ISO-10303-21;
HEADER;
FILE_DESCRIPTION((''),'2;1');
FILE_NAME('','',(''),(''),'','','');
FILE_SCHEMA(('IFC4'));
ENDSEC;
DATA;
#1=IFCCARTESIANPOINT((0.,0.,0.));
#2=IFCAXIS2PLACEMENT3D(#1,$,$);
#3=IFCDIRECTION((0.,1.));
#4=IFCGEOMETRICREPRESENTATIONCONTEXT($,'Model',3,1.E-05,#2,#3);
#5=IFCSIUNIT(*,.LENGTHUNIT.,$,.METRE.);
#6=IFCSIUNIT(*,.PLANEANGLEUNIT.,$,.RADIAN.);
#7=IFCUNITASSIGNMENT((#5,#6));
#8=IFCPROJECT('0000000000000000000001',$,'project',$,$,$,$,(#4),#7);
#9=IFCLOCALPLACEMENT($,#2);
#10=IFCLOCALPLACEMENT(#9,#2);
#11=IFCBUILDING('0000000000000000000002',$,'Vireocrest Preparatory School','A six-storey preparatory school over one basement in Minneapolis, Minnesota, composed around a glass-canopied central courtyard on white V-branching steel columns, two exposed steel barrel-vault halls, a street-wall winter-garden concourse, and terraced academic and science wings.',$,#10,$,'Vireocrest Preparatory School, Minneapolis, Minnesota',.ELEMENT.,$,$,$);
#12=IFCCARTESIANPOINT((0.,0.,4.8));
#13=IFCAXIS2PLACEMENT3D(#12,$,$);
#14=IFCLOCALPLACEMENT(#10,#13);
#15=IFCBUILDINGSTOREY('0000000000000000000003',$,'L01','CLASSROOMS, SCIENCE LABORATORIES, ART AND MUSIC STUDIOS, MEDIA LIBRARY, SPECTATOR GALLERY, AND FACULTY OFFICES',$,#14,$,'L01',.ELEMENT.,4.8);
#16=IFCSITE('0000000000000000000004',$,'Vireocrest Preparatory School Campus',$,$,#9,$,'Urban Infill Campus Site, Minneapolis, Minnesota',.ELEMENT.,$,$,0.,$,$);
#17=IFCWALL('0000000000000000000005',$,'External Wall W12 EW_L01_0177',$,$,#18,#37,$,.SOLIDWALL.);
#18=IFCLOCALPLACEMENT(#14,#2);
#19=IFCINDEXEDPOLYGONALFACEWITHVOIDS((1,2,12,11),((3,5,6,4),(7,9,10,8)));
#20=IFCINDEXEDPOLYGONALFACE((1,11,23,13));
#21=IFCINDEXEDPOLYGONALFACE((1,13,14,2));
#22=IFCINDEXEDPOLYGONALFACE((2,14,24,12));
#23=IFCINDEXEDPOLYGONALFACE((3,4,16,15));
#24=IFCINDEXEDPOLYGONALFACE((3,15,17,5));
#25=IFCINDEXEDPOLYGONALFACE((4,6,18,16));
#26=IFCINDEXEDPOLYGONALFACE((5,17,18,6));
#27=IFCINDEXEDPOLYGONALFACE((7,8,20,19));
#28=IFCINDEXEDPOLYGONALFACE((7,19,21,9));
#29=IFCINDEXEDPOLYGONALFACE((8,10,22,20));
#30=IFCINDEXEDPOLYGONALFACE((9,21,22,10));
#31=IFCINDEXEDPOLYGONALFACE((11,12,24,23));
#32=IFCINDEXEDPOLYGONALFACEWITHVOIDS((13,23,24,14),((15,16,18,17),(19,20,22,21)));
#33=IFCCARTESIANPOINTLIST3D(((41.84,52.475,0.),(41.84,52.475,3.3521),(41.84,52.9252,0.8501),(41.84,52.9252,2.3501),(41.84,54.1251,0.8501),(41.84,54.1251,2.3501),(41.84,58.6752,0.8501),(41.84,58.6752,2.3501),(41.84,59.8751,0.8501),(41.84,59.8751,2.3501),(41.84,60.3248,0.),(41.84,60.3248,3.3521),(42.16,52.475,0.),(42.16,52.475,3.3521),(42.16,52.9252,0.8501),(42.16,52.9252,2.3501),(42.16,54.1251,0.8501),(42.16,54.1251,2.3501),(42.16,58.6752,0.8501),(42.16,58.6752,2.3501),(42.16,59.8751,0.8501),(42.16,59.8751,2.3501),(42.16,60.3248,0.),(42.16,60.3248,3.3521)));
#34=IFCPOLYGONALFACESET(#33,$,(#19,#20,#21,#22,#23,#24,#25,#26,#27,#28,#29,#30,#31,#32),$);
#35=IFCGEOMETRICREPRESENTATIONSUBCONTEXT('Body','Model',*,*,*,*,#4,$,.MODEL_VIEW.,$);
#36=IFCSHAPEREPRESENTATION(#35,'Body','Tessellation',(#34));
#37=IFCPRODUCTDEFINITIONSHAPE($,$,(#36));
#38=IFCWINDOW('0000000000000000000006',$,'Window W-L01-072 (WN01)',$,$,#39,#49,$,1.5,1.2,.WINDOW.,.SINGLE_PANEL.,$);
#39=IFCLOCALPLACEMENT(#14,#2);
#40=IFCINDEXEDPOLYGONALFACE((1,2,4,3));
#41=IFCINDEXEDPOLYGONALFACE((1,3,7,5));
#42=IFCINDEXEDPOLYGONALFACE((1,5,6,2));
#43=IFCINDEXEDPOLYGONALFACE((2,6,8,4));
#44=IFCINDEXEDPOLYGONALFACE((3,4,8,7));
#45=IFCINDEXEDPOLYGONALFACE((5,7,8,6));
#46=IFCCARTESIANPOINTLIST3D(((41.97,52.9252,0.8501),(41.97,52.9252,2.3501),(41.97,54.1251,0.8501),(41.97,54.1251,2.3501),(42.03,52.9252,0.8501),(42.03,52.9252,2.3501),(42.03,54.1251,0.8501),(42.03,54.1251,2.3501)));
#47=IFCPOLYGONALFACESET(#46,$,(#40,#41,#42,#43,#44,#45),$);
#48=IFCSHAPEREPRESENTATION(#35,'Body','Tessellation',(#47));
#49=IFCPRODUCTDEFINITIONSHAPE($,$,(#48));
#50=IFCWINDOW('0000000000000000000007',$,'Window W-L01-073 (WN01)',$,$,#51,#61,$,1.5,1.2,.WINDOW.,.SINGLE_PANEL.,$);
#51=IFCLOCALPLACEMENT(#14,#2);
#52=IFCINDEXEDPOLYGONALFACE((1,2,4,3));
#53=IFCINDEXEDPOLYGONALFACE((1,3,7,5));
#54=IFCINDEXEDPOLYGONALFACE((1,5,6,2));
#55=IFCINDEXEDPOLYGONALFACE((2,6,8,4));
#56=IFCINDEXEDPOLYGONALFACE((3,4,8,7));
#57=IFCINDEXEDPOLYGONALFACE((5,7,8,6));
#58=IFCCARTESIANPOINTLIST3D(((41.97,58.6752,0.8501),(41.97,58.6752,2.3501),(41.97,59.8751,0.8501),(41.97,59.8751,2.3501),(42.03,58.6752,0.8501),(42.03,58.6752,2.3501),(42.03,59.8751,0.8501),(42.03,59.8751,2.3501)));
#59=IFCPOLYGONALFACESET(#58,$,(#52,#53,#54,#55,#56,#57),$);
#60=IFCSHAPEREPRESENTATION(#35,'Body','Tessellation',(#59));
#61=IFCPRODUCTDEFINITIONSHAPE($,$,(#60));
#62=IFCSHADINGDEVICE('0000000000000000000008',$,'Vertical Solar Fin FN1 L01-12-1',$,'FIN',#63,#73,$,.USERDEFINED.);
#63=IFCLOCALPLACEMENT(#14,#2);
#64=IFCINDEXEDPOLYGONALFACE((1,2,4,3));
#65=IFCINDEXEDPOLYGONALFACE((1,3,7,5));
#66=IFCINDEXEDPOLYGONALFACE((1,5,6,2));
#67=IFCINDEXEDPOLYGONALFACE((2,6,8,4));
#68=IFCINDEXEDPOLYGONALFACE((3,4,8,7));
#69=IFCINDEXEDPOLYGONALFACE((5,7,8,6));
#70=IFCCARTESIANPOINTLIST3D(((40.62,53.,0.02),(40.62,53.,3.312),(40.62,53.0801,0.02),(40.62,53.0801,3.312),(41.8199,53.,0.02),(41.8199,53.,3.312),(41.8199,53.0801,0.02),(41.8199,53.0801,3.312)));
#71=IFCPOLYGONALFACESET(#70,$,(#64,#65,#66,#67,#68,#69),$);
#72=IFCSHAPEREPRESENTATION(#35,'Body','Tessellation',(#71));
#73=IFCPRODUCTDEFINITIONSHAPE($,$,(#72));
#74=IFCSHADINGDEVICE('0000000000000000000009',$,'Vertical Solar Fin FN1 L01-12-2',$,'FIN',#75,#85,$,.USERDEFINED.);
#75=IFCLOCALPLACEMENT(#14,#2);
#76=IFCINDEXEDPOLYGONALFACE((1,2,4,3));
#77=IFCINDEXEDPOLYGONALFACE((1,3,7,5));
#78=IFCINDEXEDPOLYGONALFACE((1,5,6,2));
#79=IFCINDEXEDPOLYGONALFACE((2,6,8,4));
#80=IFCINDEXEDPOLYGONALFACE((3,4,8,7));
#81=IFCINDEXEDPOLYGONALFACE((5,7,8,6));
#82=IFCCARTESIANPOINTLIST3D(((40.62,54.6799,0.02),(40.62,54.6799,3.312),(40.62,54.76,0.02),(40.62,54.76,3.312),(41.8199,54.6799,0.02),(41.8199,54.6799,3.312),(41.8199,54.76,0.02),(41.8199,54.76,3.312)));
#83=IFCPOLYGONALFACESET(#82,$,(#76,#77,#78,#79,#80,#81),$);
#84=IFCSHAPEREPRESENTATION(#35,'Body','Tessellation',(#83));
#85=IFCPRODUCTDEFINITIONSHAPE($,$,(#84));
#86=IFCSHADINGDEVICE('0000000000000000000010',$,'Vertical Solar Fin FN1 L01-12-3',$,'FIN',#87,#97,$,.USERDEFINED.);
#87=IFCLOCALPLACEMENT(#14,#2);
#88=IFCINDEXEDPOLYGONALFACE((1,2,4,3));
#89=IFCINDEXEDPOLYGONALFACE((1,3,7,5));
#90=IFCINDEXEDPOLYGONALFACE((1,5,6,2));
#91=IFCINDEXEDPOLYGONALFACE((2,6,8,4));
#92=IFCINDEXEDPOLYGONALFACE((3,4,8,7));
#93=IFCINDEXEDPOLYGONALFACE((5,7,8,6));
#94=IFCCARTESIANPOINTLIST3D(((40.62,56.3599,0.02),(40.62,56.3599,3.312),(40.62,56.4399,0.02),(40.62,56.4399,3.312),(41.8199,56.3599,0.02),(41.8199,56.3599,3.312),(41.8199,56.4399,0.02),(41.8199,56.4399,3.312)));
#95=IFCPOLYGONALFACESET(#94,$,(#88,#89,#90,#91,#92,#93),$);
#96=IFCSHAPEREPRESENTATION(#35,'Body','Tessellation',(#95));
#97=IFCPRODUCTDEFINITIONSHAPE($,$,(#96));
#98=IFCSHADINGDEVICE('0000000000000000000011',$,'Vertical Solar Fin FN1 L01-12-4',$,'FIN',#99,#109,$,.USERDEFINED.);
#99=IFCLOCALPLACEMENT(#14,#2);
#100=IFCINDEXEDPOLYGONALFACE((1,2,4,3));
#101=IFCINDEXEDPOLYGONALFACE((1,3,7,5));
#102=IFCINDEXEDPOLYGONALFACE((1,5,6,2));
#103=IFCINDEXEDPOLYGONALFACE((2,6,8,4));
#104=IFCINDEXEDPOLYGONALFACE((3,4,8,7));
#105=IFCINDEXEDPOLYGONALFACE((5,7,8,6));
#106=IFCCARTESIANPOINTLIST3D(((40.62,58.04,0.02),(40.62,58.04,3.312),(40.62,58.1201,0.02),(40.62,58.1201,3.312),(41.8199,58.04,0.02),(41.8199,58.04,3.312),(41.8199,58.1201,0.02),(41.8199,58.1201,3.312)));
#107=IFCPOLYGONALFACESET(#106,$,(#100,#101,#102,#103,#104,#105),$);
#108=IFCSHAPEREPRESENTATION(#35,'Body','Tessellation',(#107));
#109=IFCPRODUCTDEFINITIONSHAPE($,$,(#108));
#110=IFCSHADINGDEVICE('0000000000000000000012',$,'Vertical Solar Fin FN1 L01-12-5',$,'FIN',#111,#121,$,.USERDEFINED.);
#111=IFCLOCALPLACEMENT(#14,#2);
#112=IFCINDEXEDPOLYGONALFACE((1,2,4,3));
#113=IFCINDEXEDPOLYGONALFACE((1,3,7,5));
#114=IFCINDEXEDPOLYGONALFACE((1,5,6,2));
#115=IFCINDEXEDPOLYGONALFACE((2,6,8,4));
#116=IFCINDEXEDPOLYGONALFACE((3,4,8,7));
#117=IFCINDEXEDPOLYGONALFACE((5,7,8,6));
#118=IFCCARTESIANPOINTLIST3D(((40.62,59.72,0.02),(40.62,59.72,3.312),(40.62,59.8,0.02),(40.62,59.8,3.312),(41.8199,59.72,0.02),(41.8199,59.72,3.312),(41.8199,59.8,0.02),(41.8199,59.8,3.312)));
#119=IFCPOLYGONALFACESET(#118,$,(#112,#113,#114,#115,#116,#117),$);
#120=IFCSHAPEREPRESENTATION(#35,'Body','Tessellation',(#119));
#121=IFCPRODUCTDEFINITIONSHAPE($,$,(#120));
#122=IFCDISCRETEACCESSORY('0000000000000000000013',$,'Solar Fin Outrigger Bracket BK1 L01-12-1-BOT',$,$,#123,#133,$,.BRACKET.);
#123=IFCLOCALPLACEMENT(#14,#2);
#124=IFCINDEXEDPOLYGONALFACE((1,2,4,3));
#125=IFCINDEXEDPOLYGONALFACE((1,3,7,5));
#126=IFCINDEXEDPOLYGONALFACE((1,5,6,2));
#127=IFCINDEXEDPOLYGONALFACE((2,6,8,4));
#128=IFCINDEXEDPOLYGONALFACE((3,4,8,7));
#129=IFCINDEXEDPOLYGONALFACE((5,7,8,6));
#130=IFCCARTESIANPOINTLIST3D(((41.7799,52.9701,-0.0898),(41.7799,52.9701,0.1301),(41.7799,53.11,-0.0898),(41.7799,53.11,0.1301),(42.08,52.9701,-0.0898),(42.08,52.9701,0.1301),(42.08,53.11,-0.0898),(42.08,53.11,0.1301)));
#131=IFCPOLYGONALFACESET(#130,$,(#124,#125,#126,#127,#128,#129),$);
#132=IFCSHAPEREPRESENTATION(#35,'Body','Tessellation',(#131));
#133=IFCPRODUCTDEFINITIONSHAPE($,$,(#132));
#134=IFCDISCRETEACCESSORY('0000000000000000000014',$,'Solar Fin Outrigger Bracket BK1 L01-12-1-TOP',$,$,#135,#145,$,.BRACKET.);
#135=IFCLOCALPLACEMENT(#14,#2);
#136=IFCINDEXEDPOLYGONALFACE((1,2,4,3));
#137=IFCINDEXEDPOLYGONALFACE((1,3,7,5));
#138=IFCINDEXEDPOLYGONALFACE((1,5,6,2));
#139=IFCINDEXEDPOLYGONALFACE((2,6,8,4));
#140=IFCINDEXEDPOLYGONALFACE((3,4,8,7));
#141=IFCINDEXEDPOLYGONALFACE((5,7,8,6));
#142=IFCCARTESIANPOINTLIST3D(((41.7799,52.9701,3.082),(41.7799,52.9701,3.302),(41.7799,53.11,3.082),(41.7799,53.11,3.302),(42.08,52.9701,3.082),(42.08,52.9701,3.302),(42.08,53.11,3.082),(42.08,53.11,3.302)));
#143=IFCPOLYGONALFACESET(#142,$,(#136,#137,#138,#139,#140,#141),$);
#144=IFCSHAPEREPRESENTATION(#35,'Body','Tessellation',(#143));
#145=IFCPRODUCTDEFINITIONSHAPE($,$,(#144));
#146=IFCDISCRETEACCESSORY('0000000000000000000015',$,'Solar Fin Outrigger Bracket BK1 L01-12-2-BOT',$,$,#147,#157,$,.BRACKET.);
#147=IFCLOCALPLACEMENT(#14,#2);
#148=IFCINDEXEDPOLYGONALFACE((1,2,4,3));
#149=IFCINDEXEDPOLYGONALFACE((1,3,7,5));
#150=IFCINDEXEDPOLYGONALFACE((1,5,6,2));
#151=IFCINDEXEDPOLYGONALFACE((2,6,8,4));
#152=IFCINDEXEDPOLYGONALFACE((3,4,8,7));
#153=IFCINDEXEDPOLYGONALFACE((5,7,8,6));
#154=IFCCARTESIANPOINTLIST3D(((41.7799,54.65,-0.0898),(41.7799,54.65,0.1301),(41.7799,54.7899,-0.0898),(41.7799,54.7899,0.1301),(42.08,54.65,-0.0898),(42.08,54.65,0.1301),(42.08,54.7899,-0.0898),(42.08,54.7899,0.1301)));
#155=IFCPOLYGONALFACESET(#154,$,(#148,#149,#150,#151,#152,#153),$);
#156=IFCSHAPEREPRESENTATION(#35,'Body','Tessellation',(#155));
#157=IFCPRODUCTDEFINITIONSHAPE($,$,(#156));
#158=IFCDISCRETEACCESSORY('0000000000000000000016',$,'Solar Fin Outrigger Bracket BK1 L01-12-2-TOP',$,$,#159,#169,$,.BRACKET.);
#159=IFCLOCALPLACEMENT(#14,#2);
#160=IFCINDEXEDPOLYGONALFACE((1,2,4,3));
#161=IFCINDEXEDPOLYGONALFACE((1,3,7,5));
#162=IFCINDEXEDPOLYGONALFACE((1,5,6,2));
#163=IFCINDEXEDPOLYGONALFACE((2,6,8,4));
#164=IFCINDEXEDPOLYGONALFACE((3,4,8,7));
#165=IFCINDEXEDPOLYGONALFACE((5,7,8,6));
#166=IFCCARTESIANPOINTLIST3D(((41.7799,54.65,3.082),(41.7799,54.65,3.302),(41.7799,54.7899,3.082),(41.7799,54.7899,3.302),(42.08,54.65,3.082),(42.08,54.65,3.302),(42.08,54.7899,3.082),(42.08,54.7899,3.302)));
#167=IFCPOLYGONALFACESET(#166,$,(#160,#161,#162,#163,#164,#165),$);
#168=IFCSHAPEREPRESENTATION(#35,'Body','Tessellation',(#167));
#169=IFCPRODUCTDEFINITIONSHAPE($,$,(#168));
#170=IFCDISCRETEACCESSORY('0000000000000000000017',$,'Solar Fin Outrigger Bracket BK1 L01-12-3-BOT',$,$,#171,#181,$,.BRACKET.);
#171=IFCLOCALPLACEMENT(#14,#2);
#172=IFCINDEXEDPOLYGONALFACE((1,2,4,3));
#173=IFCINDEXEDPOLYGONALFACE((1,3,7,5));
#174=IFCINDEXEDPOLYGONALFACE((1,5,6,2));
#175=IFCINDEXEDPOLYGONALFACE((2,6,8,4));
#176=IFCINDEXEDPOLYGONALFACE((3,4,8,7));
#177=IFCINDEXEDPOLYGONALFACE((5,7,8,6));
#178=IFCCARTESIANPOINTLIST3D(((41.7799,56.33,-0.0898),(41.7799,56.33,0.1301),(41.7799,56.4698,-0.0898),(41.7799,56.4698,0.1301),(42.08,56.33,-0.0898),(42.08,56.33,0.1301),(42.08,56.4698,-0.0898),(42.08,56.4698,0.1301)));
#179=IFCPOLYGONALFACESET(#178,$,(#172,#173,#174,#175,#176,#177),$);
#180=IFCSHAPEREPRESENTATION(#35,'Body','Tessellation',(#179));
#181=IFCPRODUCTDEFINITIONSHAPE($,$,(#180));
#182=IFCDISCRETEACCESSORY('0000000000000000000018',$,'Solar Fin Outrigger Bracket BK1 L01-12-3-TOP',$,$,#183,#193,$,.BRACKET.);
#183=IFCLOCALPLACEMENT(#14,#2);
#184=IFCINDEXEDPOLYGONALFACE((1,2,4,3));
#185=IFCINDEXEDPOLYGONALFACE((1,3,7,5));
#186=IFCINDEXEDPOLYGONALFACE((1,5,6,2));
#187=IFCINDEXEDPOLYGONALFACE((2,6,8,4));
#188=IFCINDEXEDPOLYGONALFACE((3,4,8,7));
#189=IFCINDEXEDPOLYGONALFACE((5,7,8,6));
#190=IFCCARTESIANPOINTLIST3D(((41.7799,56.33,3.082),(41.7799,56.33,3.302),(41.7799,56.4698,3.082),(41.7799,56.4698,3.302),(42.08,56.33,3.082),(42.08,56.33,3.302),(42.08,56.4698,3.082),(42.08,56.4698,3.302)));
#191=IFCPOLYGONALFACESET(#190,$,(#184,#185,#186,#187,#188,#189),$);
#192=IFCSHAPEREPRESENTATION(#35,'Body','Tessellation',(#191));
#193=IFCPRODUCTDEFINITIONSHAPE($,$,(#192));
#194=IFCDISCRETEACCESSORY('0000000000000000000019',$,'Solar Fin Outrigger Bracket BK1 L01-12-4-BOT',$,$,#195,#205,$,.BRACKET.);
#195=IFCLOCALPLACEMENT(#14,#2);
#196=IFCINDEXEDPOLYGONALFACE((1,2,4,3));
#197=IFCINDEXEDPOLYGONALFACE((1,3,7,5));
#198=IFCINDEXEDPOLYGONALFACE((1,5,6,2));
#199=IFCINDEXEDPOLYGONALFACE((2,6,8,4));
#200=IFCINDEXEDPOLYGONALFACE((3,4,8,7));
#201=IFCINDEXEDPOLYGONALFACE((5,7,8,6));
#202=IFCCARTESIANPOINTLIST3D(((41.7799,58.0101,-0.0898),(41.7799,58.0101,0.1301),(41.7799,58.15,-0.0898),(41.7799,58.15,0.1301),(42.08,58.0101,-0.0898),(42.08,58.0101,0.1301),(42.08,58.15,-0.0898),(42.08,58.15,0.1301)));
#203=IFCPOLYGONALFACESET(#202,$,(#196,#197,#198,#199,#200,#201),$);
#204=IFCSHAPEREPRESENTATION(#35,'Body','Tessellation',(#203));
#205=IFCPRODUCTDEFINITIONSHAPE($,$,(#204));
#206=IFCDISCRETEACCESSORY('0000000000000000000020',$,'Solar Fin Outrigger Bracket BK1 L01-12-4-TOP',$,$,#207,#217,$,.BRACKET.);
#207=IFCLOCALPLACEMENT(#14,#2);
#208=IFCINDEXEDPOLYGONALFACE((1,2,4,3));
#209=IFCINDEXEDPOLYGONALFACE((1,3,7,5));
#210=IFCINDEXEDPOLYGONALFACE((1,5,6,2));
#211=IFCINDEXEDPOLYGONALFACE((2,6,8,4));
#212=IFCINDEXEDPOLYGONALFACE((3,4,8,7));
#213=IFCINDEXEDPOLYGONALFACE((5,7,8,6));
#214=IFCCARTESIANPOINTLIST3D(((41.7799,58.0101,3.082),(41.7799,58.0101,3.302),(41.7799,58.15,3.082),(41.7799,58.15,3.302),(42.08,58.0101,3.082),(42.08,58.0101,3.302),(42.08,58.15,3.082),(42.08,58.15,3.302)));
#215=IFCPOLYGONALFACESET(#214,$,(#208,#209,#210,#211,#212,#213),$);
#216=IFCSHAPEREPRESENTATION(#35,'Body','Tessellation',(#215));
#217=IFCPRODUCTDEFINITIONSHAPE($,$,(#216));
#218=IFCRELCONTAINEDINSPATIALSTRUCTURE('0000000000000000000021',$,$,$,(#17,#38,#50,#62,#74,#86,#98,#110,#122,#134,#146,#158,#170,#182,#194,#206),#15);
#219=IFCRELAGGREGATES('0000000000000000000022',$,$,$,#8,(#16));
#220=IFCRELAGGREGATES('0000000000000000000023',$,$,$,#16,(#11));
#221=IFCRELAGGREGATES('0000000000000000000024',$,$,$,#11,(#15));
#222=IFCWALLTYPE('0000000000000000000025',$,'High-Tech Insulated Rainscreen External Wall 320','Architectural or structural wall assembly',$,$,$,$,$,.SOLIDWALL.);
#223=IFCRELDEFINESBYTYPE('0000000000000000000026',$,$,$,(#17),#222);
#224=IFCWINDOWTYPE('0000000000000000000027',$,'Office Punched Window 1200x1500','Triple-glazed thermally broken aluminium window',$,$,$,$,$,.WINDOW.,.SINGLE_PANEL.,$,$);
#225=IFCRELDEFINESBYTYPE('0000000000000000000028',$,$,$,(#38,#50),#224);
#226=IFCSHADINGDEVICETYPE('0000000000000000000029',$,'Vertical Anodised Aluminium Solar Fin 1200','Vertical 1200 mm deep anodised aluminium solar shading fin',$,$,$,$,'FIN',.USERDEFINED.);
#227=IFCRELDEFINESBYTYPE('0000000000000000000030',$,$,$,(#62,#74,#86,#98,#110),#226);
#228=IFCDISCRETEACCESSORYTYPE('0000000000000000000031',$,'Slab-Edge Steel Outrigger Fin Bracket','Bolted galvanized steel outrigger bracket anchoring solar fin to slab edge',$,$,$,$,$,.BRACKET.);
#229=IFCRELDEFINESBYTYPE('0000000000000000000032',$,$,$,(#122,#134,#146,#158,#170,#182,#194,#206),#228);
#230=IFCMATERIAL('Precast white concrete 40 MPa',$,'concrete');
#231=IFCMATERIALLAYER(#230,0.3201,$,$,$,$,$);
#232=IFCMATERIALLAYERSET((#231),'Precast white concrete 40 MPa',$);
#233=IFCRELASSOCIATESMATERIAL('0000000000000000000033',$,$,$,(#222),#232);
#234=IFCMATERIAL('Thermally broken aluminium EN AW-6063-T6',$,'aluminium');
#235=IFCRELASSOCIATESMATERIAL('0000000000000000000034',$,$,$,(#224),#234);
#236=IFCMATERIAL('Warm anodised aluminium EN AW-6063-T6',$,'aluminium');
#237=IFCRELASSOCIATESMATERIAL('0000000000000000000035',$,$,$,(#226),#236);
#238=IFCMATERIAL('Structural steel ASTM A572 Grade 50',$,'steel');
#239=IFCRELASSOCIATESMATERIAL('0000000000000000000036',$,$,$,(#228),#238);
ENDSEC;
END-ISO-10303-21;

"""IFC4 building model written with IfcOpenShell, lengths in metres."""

from ifc_helpers import new_model, si_unit, direction, frame, frame_2d, origin, origin_2d, place, context, subcontext, project, spatial, rectangle, extrude, material, layer, layer_set, material_profile, profile_set, type_object, element, fill, save


model = new_model("IFC4")

# Units and contexts
model_context = context("Model", 3, precision=1e-05, world=origin(), true_north=direction((0.0, 1.0)))
body_context = subcontext(model_context, "Body", "Model", "MODEL_VIEW")
ifc_project = project(units=[si_unit("LENGTHUNIT", "METRE"), si_unit("PLANEANGLEUNIT", "RADIAN")], contexts=[model_context])

# Site, building, storey
site_placement = place(None, origin())
site = spatial("IfcSite", under=ifc_project, at=site_placement, Name="Vireocrest Preparatory School Campus", LongName="Urban Infill Campus Site, Minneapolis, Minnesota", CompositionType="ELEMENT", RefElevation=0.0)
building_placement = place(site_placement, origin())
building = spatial("IfcBuilding", under=site, at=building_placement, Name="Vireocrest Preparatory School", Description="A six-storey preparatory school over one basement in Minneapolis, Minnesota, composed around a glass-canopied central courtyard on white V-branching steel columns, two exposed steel barrel-vault halls, a street-wall winter-garden concourse, and terraced academic and science wings.", LongName="Vireocrest Preparatory School, Minneapolis, Minnesota", CompositionType="ELEMENT")
storey_placement = place(building_placement, frame((0.0, 0.0, 4.8)))
storey = spatial("IfcBuildingStorey", under=building, at=storey_placement, Name="L01", Description="CLASSROOMS, SCIENCE LABORATORIES, ART AND MUSIC STUDIOS, MEDIA LIBRARY, SPECTATOR GALLERY, AND FACULTY OFFICES", LongName="L01", CompositionType="ELEMENT", Elevation=4.8)

# Shared definitions
ifc_material_1 = material(Name="Thermally broken aluminium EN AW-6063-T6", Category="aluminium")

# Wall, openings, windows
ifc_material_2 = material(Name="Precast white concrete 40 MPa", Category="concrete")
ifc_layer_1 = layer(ifc_material_2, 0.3201)
ifc_layer_set_1 = layer_set([ifc_layer_1], Name="Precast white concrete 40 MPa")
wall_type = type_object("IfcWallType", Name="High-Tech Insulated Rainscreen External Wall 320", Description="Architectural or structural wall assembly", PredefinedType="SOLIDWALL", material=ifc_layer_set_1)
wall_placement = place(storey_placement, frame((42.0, 52.4751, 0.0), z_axis=(0.0, 0.0, 1.0), x_axis=(0.0, 1.0, 0.0)))
wall = element("IfcWall", 1, at=wall_placement, inside=storey, type_object=wall_type, Name="External Wall W12 EW_L01_0177", PredefinedType="SOLIDWALL", context=body_context, shape_type="SweptSolid", body=[
    extrude(rectangle(XDim=7.8499, YDim=0.3201, at=frame_2d((3.9248, 0.0))), origin(), (0.0, 0.0, 1.0), 3.3521),
])
opening_1_placement = place(wall_placement, frame((0.45, 0.0, 0.8501)))
opening_1 = element("IfcOpeningElement", 2, at=opening_1_placement, cuts=wall, PredefinedType="OPENING", context=body_context, shape_type="SweptSolid", body=[
    extrude(rectangle(XDim=1.2, YDim=1.5, at=frame_2d((0.6001, 0.75))), frame((0.0, 0.1699, 0.0), z_axis=(0.0, -1.0, 0.0), x_axis=(1.0, 0.0, 0.0)), (0.0, 0.0, 1.0), 0.3401),
])
opening_2_placement = place(wall_placement, frame((6.2, 0.0, 0.8501)))
opening_2 = element("IfcOpeningElement", 3, at=opening_2_placement, cuts=wall, PredefinedType="OPENING", context=body_context, shape_type="SweptSolid", body=[
    extrude(rectangle(XDim=1.2, YDim=1.5, at=frame_2d((0.6001, 0.75))), frame((0.0, 0.1699, 0.0), z_axis=(0.0, -1.0, 0.0), x_axis=(1.0, 0.0, 0.0)), (0.0, 0.0, 1.0), 0.3401),
])
window_type = type_object("IfcWindowType", Name="Office Punched Window 1200x1500", Description="Triple-glazed thermally broken aluminium window", PartitioningType="SINGLE_PANEL", PredefinedType="WINDOW", material=ifc_material_1)
window_1_placement = place(opening_1_placement, origin())
window_1 = element("IfcWindow", 4, at=window_1_placement, inside=storey, type_object=window_type, Name="Window W-L01-072 (WN01)", OverallHeight=1.5, OverallWidth=1.2, PartitioningType="SINGLE_PANEL", PredefinedType="WINDOW", context=body_context, shape_type="SweptSolid", body=[
    extrude(rectangle(XDim=1.2, YDim=1.5, at=frame_2d((0.6001, 0.75))), frame((0.0, 0.03, 0.0), z_axis=(0.0, -1.0, 0.0), x_axis=(1.0, 0.0, 0.0)), (0.0, 0.0, 1.0), 0.0601),
])
fill(opening_1, window_1)
window_2_placement = place(opening_2_placement, origin())
window_2 = element("IfcWindow", 5, at=window_2_placement, inside=storey, type_object=window_type, Name="Window W-L01-073 (WN01)", OverallHeight=1.5, OverallWidth=1.2, PartitioningType="SINGLE_PANEL", PredefinedType="WINDOW", context=body_context, shape_type="SweptSolid", body=[
    extrude(rectangle(XDim=1.2, YDim=1.5, at=frame_2d((0.6001, 0.75))), frame((0.0, 0.03, 0.0), z_axis=(0.0, -1.0, 0.0), x_axis=(1.0, 0.0, 0.0)), (0.0, 0.0, 1.0), 0.0601),
])
fill(opening_2, window_2)

# Shading devices
ifc_material_3 = material(Name="Warm anodised aluminium EN AW-6063-T6", Category="aluminium")
ifc_material_profile_1 = material_profile(ifc_material_3, rectangle(XDim=0.0801, YDim=1.2, at=origin_2d()), Name="FIN 80x1200")
ifc_profile_set_1 = profile_set([ifc_material_profile_1], Name="Warm anodised aluminium EN AW-6063-T6")
shading_device_type = type_object("IfcShadingDeviceType", Name="Vertical Anodised Aluminium Solar Fin 1200", Description="Vertical 1200 mm deep anodised aluminium solar shading fin", ElementType="FIN", PredefinedType="USERDEFINED", material=ifc_profile_set_1)
for number, where, z_axis, x_axis, name in (
    (6, (41.22, 53.04, 0.02), (0.0, 0.0, 1.0), (0.0, 1.0, 0.0), "Vertical Solar Fin FN1 L01-12-1"),
    (7, (41.22, 54.72, 0.02), (0.0, 0.0, 1.0), (0.0, 1.0, 0.0), "Vertical Solar Fin FN1 L01-12-2"),
    (8, (41.22, 56.3999, 0.02), (0.0, 0.0, 1.0), (0.0, 1.0, 0.0), "Vertical Solar Fin FN1 L01-12-3"),
    (9, (41.22, 58.0801, 0.02), (0.0, 0.0, 1.0), (0.0, 1.0, 0.0), "Vertical Solar Fin FN1 L01-12-4"),
    (10, (41.22, 59.76, 0.02), (0.0, 0.0, 1.0), (0.0, 1.0, 0.0), "Vertical Solar Fin FN1 L01-12-5"),
):
    element("IfcShadingDevice", number, at=place(storey_placement, frame(where, z_axis=z_axis, x_axis=x_axis)), inside=storey, type_object=shading_device_type, Name=name, ObjectType="FIN", PredefinedType="USERDEFINED", context=body_context, shape_type="SweptSolid", body=[
        extrude(rectangle(XDim=0.0801, YDim=1.2, at=origin_2d()), origin(), (0.0, 0.0, 1.0), 3.292),
    ])

# Discrete accessories
ifc_material_4 = material(Name="Structural steel ASTM A572 Grade 50", Category="steel")
discrete_accessory_type = type_object("IfcDiscreteAccessoryType", Name="Slab-Edge Steel Outrigger Fin Bracket", Description="Bolted galvanized steel outrigger bracket anchoring solar fin to slab edge", PredefinedType="BRACKET", material=ifc_material_4)
for number, where, z_axis, x_axis, name in (
    (11, (41.9299, 53.04, -0.0898), (0.0, 0.0, 1.0), (0.0, 1.0, 0.0), "Solar Fin Outrigger Bracket BK1 L01-12-1-BOT"),
    (12, (41.9299, 53.04, 3.082), (0.0, 0.0, 1.0), (0.0, 1.0, 0.0), "Solar Fin Outrigger Bracket BK1 L01-12-1-TOP"),
    (13, (41.9299, 54.72, -0.0898), (0.0, 0.0, 1.0), (0.0, 1.0, 0.0), "Solar Fin Outrigger Bracket BK1 L01-12-2-BOT"),
    (14, (41.9299, 54.72, 3.082), (0.0, 0.0, 1.0), (0.0, 1.0, 0.0), "Solar Fin Outrigger Bracket BK1 L01-12-2-TOP"),
    (15, (41.9299, 56.3999, -0.0898), (0.0, 0.0, 1.0), (0.0, 1.0, 0.0), "Solar Fin Outrigger Bracket BK1 L01-12-3-BOT"),
    (16, (41.9299, 56.3999, 3.082), (0.0, 0.0, 1.0), (0.0, 1.0, 0.0), "Solar Fin Outrigger Bracket BK1 L01-12-3-TOP"),
    (17, (41.9299, 58.0801, -0.0898), (0.0, 0.0, 1.0), (0.0, 1.0, 0.0), "Solar Fin Outrigger Bracket BK1 L01-12-4-BOT"),
    (18, (41.9299, 58.0801, 3.082), (0.0, 0.0, 1.0), (0.0, 1.0, 0.0), "Solar Fin Outrigger Bracket BK1 L01-12-4-TOP"),
):
    element("IfcDiscreteAccessory", number, at=place(storey_placement, frame(where, z_axis=z_axis, x_axis=x_axis)), inside=storey, type_object=discrete_accessory_type, Name=name, PredefinedType="BRACKET", context=body_context, shape_type="SweptSolid", body=[
        extrude(rectangle(XDim=0.1399, YDim=0.3, at=origin_2d()), origin(), (0.0, 0.0, 1.0), 0.22),
    ])

save(model, "model.ifc")
